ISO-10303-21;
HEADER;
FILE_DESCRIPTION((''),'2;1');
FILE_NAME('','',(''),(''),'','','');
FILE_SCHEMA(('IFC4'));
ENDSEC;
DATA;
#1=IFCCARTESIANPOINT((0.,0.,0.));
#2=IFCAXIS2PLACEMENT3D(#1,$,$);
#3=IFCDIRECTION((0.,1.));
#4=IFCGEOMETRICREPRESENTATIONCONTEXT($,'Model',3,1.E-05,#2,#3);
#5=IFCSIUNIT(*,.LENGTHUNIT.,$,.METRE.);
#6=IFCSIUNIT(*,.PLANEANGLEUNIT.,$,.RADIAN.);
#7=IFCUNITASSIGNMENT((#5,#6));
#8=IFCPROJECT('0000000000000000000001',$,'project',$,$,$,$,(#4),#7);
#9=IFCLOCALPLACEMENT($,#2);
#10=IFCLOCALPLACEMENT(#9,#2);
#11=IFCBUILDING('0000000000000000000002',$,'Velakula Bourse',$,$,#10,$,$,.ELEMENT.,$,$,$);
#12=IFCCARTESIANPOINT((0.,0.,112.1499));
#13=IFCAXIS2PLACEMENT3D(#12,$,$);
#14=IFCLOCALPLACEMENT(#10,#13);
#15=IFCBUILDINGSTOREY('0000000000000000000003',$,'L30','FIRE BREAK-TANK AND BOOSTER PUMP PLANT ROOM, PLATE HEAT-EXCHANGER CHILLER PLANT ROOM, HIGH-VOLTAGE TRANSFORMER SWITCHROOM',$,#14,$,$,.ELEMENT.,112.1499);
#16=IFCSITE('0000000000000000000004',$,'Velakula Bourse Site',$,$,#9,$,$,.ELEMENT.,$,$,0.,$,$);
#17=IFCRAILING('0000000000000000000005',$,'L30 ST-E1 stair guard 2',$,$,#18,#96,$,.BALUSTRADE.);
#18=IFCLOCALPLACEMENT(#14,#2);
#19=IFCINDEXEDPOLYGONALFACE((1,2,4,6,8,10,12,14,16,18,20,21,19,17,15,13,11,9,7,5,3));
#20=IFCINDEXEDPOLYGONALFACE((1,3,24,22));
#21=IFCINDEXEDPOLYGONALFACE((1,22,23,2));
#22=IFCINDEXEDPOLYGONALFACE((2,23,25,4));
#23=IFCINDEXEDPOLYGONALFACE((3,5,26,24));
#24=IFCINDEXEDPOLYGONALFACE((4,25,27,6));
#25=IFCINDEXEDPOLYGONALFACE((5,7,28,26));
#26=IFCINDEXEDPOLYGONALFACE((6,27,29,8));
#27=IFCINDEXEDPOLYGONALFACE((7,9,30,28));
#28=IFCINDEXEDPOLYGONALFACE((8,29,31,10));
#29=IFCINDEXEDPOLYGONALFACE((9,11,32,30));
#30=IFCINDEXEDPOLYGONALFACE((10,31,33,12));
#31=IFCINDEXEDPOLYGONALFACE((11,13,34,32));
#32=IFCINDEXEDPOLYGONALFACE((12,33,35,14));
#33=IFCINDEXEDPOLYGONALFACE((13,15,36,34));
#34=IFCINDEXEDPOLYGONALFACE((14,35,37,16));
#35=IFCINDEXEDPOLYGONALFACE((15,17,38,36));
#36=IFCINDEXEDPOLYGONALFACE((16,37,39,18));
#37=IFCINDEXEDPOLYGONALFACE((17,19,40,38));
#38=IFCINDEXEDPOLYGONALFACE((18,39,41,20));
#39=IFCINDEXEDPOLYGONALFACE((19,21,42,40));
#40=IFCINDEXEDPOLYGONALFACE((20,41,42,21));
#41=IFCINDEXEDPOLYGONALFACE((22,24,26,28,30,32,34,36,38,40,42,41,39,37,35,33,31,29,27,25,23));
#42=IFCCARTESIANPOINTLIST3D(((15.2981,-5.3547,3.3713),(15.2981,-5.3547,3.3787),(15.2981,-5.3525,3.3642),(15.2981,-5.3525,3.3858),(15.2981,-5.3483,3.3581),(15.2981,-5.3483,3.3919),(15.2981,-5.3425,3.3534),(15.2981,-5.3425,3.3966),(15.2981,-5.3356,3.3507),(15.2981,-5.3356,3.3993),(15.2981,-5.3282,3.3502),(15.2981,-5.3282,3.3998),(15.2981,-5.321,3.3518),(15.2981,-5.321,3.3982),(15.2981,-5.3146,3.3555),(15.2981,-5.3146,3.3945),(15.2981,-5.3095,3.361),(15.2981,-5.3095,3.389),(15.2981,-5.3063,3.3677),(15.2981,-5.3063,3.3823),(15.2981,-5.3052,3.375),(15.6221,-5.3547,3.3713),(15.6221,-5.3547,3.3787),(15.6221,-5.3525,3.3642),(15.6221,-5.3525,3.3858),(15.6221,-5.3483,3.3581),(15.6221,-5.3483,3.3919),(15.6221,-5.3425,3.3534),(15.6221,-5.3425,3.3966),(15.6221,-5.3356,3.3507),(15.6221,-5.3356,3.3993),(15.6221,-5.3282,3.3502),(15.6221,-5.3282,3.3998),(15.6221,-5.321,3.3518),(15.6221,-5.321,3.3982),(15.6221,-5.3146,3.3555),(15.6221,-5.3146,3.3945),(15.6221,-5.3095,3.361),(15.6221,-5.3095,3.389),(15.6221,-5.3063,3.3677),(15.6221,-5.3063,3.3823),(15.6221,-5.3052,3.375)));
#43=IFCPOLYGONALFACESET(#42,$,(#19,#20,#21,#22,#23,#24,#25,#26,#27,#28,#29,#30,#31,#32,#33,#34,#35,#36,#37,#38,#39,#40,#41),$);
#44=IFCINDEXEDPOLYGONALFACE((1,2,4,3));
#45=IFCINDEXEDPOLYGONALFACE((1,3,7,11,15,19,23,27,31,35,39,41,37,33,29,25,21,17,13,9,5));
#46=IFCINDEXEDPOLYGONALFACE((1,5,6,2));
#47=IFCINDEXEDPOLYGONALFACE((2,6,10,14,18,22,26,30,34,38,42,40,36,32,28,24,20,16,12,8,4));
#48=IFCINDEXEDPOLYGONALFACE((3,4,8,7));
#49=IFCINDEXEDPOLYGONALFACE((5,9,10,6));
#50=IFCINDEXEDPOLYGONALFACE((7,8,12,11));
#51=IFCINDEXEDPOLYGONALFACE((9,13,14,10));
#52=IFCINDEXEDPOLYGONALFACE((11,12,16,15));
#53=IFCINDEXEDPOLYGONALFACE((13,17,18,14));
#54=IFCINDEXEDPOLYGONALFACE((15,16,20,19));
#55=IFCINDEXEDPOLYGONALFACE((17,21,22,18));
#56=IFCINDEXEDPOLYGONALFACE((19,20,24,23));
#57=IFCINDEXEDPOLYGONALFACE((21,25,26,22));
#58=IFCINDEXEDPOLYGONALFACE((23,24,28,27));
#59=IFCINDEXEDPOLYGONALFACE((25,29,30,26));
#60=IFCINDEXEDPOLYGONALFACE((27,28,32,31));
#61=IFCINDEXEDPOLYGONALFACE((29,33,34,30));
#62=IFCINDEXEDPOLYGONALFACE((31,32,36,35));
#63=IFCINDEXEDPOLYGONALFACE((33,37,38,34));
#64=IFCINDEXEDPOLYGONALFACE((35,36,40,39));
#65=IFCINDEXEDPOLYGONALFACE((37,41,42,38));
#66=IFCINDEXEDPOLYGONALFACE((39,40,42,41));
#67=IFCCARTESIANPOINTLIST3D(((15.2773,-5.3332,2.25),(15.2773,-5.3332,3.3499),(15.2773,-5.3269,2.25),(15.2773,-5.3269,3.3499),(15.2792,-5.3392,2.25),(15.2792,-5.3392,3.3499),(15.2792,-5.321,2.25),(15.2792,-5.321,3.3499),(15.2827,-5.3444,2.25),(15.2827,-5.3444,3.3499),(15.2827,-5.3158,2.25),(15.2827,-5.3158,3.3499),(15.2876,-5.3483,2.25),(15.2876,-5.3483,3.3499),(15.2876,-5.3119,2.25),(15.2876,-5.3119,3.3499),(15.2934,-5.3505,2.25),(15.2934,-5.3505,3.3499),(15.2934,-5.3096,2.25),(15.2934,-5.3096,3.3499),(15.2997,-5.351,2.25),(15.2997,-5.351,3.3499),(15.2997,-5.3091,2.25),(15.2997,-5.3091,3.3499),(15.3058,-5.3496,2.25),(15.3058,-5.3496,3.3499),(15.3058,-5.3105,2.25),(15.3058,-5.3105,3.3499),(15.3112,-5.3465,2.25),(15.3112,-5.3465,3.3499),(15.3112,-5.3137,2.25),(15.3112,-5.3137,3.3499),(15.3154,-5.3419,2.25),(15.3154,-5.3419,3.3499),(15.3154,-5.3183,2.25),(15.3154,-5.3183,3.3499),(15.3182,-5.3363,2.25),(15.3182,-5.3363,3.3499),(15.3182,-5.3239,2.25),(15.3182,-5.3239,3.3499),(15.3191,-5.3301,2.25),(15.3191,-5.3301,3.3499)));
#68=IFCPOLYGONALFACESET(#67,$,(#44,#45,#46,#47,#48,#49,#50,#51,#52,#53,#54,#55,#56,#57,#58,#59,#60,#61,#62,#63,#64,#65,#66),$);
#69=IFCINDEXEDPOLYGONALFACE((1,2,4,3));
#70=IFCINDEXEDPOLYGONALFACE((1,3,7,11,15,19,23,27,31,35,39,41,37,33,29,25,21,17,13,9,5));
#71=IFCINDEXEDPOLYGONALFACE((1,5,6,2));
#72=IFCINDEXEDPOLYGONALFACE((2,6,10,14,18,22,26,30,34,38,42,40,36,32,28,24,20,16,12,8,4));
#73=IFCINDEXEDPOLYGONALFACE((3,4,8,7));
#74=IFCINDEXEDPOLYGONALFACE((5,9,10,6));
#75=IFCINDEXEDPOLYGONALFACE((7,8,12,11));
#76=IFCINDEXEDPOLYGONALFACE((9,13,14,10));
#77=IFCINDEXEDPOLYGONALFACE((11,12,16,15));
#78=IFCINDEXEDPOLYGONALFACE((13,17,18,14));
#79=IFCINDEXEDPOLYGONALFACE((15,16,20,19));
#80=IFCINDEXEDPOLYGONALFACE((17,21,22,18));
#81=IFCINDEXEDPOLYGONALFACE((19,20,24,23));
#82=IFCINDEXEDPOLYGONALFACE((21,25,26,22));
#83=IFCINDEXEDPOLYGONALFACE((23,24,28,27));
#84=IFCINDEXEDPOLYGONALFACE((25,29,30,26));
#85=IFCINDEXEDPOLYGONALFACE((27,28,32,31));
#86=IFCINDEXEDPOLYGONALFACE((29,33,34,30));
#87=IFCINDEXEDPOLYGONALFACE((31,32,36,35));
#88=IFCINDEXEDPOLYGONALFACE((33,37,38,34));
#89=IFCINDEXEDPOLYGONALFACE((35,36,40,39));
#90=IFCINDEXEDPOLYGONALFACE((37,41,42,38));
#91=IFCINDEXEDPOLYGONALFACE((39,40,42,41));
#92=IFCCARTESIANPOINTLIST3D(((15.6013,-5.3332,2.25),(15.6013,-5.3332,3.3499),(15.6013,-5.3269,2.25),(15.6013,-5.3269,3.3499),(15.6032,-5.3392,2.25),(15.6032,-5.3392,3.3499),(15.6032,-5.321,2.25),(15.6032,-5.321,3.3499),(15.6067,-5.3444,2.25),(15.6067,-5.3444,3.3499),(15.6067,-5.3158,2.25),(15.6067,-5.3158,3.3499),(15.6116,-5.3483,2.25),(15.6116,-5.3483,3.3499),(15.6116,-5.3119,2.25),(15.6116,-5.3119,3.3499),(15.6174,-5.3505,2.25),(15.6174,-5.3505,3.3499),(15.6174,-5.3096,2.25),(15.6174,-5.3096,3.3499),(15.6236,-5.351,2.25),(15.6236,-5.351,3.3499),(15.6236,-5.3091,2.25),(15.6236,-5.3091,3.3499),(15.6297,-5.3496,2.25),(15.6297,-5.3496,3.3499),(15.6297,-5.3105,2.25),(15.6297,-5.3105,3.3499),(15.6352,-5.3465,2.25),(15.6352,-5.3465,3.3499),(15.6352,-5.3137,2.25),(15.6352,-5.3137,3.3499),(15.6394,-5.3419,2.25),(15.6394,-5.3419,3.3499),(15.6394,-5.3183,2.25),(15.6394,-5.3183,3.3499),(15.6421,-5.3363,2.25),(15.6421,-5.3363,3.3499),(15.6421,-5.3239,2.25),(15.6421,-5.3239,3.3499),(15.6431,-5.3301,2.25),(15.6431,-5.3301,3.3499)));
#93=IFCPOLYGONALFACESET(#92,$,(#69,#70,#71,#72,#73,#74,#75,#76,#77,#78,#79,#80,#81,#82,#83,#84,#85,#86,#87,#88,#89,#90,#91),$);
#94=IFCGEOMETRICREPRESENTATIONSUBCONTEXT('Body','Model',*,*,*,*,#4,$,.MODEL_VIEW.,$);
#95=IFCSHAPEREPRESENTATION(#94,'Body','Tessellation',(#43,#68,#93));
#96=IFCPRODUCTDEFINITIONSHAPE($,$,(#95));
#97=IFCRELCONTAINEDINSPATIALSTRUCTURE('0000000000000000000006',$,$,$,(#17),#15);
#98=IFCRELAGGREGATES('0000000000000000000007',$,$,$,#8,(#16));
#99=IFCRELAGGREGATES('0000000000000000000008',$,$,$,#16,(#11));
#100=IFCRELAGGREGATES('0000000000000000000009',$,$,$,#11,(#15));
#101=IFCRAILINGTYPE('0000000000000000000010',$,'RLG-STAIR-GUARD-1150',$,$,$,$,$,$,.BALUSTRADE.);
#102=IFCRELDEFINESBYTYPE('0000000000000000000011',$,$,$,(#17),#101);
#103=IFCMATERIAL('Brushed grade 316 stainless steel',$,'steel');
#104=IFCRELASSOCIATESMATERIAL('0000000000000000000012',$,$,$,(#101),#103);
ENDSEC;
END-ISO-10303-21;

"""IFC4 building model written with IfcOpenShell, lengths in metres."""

from ifc_helpers import new_model, si_unit, direction, frame, origin, origin_2d, place, context, subcontext, project, spatial, circle, extrude, material, type_object, element, save


model = new_model("IFC4")

# Units and contexts
model_context = context("Model", 3, precision=1e-05, world=origin(), true_north=direction((0.0, 1.0)))
body_context = subcontext(model_context, "Body", "Model", "MODEL_VIEW")
ifc_project = project(units=[si_unit("LENGTHUNIT", "METRE"), si_unit("PLANEANGLEUNIT", "RADIAN")], contexts=[model_context])

# Site, building, storey
site_placement = place(None, origin())
site = spatial("IfcSite", under=ifc_project, at=site_placement, Name="Velakula Bourse Site", CompositionType="ELEMENT", RefElevation=0.0)
building_placement = place(site_placement, origin())
building = spatial("IfcBuilding", under=site, at=building_placement, Name="Velakula Bourse", CompositionType="ELEMENT")
storey_placement = place(building_placement, frame((0.0, 0.0, 112.1499)))
storey = spatial("IfcBuildingStorey", under=building, at=storey_placement, Name="L30", Description="FIRE BREAK-TANK AND BOOSTER PUMP PLANT ROOM, PLATE HEAT-EXCHANGER CHILLER PLANT ROOM, HIGH-VOLTAGE TRANSFORMER SWITCHROOM", CompositionType="ELEMENT", Elevation=112.1499)

# Railing
ifc_material_1 = material(Name="Brushed grade 316 stainless steel", Category="steel")
railing_type_1 = type_object("IfcRailingType", Name="RLG-STAIR-GUARD-1150", PredefinedType="BALUSTRADE", material=ifc_material_1)
railing_1_placement = place(storey_placement, frame((15.2981, -5.3301, 2.25)))
element("IfcRailing", 1, at=railing_1_placement, inside=storey, type_object=railing_type_1, Name="L30 ST-E1 stair guard 2", PredefinedType="BALUSTRADE", context=body_context, shape_type="SweptSolid", body=[
    extrude(circle(Radius=0.0249, at=origin_2d()), frame((0.0, 0.0, 1.125), z_axis=(1.0, 0.0, 0.0), x_axis=(0.0, 1.0, 0.0)), (0.0, 0.0, 1.0), 0.324),
    extrude(circle(Radius=0.021, at=origin_2d()), origin(), (0.0, 0.0, 1.0), 1.0999),
    extrude(circle(Radius=0.021, at=origin_2d()), frame((0.324, 0.0, 0.0)), (0.0, 0.0, 1.0), 1.0999),
])

save(model, "model.ifc")
